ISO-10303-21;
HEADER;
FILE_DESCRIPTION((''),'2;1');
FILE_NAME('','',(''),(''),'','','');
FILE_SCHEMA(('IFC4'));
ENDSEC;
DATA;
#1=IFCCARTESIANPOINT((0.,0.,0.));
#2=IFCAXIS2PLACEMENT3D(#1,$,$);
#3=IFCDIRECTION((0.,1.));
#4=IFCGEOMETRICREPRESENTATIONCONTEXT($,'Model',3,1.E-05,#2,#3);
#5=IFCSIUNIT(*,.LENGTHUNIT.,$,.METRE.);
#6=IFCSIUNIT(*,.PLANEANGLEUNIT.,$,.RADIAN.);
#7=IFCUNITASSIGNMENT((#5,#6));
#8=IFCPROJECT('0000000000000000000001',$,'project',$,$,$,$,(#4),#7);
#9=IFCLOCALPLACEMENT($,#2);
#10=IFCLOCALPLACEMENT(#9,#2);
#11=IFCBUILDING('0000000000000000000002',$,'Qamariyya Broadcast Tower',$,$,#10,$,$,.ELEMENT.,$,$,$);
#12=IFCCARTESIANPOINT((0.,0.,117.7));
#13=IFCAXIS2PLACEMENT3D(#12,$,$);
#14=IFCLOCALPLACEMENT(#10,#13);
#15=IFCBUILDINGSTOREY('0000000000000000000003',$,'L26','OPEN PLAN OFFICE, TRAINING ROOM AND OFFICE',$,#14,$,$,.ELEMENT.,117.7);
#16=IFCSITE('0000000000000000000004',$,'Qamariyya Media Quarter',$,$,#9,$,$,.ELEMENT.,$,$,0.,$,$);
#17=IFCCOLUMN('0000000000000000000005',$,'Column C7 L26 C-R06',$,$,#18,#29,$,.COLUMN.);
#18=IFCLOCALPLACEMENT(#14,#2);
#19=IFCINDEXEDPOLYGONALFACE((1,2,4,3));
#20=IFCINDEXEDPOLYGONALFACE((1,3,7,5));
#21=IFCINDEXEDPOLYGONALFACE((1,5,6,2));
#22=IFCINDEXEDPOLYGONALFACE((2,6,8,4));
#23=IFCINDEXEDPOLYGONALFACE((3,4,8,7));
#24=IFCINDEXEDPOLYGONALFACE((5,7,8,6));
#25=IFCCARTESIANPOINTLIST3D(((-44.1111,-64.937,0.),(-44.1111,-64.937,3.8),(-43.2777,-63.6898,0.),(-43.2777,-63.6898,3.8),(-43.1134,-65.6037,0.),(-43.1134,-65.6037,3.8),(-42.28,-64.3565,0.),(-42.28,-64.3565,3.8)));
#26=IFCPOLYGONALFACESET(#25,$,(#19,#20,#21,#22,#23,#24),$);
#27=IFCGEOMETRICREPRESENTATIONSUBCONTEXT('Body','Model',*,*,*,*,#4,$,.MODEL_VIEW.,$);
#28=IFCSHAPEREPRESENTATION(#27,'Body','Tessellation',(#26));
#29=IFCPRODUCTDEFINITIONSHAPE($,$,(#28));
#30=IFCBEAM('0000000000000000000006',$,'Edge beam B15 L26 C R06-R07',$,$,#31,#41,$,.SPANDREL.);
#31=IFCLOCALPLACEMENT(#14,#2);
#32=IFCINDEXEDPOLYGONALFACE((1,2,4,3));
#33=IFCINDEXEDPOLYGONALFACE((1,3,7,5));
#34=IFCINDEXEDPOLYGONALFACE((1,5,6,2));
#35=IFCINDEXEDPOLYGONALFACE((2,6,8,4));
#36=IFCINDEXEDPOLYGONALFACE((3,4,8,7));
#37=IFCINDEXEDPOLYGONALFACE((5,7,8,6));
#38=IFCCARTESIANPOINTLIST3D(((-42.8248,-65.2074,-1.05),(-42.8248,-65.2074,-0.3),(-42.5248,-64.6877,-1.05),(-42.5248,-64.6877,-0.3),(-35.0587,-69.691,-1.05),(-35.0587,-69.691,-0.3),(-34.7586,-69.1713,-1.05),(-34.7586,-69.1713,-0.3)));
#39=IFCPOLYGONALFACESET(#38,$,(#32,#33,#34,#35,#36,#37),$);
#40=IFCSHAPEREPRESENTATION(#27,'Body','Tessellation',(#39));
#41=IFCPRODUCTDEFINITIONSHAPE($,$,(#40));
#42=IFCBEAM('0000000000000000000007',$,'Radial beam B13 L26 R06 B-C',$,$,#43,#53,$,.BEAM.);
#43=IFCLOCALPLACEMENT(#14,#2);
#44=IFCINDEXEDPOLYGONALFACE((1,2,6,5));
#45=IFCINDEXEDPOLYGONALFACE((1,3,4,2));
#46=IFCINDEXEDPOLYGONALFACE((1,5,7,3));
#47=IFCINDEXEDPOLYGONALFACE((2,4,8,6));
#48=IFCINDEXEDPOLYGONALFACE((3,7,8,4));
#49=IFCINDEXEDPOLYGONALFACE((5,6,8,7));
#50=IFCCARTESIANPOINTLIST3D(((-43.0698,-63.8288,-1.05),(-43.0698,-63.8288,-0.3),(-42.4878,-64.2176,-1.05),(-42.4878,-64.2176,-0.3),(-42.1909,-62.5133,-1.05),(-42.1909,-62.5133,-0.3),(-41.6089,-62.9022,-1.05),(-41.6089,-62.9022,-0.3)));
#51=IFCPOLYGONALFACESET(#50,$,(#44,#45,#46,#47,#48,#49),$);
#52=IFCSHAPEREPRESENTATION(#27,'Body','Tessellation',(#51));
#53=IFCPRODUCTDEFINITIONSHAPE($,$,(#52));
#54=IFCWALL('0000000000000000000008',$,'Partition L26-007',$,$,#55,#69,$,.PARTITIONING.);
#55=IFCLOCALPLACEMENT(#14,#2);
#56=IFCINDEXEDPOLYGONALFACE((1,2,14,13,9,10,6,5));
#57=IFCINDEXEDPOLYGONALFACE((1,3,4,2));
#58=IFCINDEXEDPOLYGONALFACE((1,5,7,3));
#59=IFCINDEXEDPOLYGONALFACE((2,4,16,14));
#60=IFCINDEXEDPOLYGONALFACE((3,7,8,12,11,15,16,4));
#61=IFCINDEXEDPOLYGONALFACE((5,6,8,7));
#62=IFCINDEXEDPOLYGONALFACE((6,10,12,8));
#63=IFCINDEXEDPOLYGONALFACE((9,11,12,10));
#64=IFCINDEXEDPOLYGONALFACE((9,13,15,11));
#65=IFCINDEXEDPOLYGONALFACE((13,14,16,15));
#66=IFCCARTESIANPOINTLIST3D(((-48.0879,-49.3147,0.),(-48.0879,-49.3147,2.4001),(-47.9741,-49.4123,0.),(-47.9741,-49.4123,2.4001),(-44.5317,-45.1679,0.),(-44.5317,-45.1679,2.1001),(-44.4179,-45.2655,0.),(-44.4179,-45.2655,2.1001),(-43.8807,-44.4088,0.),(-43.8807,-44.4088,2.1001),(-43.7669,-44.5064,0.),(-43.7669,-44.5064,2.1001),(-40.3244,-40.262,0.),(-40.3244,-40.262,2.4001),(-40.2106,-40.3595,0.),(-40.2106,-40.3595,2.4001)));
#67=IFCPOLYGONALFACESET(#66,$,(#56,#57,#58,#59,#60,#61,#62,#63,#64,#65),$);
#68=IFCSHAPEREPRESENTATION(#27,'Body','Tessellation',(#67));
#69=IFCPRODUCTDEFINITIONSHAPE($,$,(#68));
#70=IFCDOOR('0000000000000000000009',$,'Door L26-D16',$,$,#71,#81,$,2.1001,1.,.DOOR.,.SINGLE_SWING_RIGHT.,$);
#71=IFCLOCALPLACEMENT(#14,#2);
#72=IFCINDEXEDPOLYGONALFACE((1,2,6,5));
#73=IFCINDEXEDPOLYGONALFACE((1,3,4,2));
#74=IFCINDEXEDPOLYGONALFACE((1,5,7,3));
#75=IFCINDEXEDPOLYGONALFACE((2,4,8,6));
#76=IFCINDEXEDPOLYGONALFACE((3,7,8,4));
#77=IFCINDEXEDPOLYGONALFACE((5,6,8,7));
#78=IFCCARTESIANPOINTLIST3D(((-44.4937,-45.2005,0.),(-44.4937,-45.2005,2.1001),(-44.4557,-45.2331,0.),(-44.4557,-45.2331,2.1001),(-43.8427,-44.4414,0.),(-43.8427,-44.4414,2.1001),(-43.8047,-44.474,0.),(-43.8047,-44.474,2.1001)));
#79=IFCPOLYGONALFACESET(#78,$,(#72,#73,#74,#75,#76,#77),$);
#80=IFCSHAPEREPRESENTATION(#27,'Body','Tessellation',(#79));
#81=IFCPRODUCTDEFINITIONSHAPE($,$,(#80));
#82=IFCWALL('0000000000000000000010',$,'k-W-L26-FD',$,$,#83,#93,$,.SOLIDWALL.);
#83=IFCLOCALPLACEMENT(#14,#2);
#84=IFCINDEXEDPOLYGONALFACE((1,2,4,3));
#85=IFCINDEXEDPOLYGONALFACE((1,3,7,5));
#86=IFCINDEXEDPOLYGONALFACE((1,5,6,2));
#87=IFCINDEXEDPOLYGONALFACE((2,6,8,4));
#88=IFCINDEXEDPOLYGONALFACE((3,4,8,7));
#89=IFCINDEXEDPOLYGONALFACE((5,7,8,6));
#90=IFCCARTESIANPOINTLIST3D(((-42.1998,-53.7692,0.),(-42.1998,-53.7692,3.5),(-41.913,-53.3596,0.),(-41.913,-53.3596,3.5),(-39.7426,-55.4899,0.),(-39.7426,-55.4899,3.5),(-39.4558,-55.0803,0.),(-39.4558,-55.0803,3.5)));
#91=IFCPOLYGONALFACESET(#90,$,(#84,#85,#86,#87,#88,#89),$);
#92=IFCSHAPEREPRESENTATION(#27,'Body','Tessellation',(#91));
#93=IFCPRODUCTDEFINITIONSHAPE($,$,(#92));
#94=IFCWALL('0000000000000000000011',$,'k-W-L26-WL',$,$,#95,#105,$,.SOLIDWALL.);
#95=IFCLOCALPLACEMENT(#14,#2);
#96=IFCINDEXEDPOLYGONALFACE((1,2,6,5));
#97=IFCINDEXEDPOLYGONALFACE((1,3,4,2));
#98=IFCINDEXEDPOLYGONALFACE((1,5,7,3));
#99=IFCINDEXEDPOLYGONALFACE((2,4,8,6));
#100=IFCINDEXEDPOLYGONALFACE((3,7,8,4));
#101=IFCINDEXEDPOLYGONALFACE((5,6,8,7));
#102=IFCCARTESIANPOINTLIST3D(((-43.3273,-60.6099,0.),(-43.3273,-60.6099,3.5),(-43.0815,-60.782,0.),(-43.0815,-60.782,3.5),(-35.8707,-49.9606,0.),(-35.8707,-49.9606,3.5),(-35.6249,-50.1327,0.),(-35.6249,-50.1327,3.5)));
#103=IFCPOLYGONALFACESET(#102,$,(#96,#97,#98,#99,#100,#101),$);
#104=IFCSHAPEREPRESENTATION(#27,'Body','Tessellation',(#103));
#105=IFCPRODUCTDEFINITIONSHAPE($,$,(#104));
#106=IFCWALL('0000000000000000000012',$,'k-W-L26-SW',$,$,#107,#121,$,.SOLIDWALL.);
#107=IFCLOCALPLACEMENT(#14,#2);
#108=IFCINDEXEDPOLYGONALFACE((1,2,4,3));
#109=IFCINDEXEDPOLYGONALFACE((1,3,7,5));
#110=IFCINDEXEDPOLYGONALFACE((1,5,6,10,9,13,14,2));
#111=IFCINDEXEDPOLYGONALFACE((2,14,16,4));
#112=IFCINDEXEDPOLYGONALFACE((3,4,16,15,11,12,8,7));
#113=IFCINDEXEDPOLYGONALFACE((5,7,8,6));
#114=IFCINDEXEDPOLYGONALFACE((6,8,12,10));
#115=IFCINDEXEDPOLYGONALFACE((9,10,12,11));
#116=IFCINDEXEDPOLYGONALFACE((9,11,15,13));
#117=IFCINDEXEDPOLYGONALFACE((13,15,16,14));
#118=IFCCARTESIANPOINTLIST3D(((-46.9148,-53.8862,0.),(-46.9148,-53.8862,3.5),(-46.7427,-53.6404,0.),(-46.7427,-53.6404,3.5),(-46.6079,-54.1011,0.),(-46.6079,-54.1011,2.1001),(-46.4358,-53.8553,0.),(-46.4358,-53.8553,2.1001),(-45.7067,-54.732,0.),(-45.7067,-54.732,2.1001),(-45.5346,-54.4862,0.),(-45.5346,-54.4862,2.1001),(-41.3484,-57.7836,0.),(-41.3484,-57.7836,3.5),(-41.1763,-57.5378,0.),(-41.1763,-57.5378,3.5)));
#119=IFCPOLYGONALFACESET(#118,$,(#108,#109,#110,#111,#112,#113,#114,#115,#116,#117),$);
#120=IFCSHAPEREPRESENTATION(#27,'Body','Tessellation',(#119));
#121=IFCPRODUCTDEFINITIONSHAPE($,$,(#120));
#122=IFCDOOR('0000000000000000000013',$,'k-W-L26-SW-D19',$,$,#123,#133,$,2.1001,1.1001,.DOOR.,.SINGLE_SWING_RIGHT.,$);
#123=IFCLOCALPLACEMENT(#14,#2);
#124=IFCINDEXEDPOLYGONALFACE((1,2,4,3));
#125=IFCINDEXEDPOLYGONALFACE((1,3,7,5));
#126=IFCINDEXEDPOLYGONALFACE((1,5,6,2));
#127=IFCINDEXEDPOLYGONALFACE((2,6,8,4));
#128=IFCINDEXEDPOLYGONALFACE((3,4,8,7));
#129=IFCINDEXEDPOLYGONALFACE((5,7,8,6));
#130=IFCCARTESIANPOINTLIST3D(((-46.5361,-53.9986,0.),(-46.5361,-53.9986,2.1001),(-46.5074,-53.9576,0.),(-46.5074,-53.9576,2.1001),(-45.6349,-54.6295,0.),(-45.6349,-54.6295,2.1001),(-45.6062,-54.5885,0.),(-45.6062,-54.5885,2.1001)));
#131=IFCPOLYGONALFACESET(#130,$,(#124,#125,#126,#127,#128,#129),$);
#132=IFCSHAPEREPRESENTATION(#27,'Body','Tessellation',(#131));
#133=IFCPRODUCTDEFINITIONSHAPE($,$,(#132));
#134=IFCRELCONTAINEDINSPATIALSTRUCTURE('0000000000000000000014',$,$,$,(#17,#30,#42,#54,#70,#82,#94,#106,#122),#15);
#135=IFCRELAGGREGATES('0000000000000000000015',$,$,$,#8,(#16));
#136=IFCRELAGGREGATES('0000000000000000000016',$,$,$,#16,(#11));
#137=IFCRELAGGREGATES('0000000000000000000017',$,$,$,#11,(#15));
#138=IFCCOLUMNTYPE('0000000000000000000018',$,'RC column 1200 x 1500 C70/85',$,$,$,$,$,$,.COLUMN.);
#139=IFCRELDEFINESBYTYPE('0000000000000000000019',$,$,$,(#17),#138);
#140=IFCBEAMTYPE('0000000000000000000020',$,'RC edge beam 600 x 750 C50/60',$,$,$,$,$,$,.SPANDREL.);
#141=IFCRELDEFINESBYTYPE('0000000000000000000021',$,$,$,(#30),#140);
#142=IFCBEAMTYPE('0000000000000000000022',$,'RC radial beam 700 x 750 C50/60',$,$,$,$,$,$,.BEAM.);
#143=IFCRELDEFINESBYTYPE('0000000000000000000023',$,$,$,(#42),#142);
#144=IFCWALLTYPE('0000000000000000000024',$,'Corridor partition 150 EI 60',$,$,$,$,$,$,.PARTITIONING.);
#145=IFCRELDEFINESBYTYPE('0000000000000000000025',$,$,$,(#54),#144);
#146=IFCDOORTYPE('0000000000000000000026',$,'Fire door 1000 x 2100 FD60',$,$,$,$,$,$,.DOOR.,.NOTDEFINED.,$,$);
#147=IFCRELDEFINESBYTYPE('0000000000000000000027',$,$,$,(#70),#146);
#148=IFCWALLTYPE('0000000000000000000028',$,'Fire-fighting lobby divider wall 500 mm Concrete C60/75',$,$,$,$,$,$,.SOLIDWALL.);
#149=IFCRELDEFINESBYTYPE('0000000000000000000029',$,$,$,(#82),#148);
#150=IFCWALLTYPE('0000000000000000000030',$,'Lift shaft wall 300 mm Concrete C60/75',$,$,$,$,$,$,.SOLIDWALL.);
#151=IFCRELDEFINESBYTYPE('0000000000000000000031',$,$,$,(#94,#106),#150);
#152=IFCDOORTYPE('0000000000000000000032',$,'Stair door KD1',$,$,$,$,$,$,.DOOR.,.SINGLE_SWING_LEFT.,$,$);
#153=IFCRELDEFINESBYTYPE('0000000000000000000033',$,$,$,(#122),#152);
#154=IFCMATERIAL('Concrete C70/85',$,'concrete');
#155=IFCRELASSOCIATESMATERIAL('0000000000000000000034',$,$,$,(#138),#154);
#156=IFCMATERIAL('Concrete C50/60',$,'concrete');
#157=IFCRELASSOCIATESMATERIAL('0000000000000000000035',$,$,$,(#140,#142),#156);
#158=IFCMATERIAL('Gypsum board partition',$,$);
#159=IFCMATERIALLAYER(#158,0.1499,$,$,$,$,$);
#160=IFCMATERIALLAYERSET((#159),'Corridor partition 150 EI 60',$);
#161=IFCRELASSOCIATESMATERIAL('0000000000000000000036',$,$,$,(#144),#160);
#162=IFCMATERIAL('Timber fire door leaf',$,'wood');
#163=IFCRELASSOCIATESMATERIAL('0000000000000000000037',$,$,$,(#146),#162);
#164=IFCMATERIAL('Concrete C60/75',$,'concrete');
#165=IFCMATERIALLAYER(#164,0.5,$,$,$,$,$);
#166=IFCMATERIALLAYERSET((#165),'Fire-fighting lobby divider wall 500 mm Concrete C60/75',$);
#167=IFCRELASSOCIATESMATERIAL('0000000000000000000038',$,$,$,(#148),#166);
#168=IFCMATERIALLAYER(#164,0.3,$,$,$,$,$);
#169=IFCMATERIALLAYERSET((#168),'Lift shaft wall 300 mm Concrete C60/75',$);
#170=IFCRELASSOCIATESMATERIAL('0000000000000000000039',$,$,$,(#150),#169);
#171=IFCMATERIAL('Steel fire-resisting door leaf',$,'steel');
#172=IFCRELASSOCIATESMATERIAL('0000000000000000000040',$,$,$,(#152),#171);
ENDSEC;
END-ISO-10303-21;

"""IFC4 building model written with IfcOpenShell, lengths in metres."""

from ifc_helpers import new_model, si_unit, direction, frame, frame_2d, origin, origin_2d, place, context, subcontext, project, spatial, rectangle, extrude, material, layer, layer_set, material_profile, profile_set, type_object, element, fill, save


model = new_model("IFC4")

# Units and contexts
model_context = context("Model", 3, precision=1e-05, world=origin(), true_north=direction((0.0, 1.0)))
body_context = subcontext(model_context, "Body", "Model", "MODEL_VIEW")
ifc_project = project(units=[si_unit("LENGTHUNIT", "METRE"), si_unit("PLANEANGLEUNIT", "RADIAN")], contexts=[model_context])

# Site, building, storey
site_placement = place(None, origin())
site = spatial("IfcSite", under=ifc_project, at=site_placement, Name="Qamariyya Media Quarter", CompositionType="ELEMENT", RefElevation=0.0)
building_placement = place(site_placement, origin())
building = spatial("IfcBuilding", under=site, at=building_placement, Name="Qamariyya Broadcast Tower", CompositionType="ELEMENT")
storey_placement = place(building_placement, frame((0.0, 0.0, 117.7)))
storey = spatial("IfcBuildingStorey", under=building, at=storey_placement, Name="L26", Description="OPEN PLAN OFFICE, TRAINING ROOM AND OFFICE", CompositionType="ELEMENT", Elevation=117.7)

# Column
ifc_material_1 = material(Name="Concrete C70/85", Category="concrete")
ifc_material_profile_1 = material_profile(ifc_material_1, rectangle(XDim=1.2, YDim=1.5, at=origin_2d()))
ifc_profile_set_1 = profile_set([ifc_material_profile_1], Name="Concrete C70/85")
column_type = type_object("IfcColumnType", Name="RC column 1200 x 1500 C70/85", PredefinedType="COLUMN", material=ifc_profile_set_1)
column_placement = place(storey_placement, frame((-43.1956, -64.6467, 0.0), z_axis=(0.0, 0.0, 1.0), x_axis=(0.83147, -0.55557, 0.0)))
element("IfcColumn", 1, at=column_placement, inside=storey, type_object=column_type, Name="Column C7 L26 C-R06", PredefinedType="COLUMN", context=body_context, shape_type="SweptSolid", body=[
    extrude(rectangle(XDim=1.2, YDim=1.5, at=origin_2d()), origin(), (0.0, 0.0, 1.0), 3.8),
])

# Beams
ifc_material_2 = material(Name="Concrete C50/60", Category="concrete")
ifc_material_profile_2 = material_profile(ifc_material_2, rectangle(XDim=0.6001, YDim=0.75, at=origin_2d()))
ifc_profile_set_2 = profile_set([ifc_material_profile_2], Name="Concrete C50/60")
beam_type_1 = type_object("IfcBeamType", Name="RC edge beam 600 x 750 C50/60", PredefinedType="SPANDREL", material=ifc_profile_set_2)
beam_1_placement = place(storey_placement, frame((-42.6748, -64.9475, -0.675), z_axis=(0.866031, -0.49999, 0.0), x_axis=(0.49999, 0.866031, 0.0)))
element("IfcBeam", 2, at=beam_1_placement, inside=storey, type_object=beam_type_1, Name="Edge beam B15 L26 C R06-R07", PredefinedType="SPANDREL", context=body_context, shape_type="SweptSolid", body=[
    extrude(rectangle(XDim=0.6001, YDim=0.75, at=origin_2d()), origin(), (0.0, 0.0, 1.0), 8.9675),
])
ifc_material_profile_3 = material_profile(ifc_material_2, rectangle(XDim=0.7, YDim=0.75, at=origin_2d()))
ifc_profile_set_3 = profile_set([ifc_material_profile_3], Name="Concrete C50/60")
beam_type_2 = type_object("IfcBeamType", Name="RC radial beam 700 x 750 C50/60", PredefinedType="BEAM", material=ifc_profile_set_3)
beam_2_placement = place(storey_placement, frame((-41.8999, -62.7078, -0.675), z_axis=(-0.555555, -0.83148, 0.0), x_axis=(0.83148, -0.555555, 0.0)))
element("IfcBeam", 3, at=beam_2_placement, inside=storey, type_object=beam_type_2, Name="Radial beam B13 L26 R06 B-C", PredefinedType="BEAM", context=body_context, shape_type="SweptSolid", body=[
    extrude(rectangle(XDim=0.7, YDim=0.75, at=origin_2d()), origin(), (0.0, 0.0, 1.0), 1.582),
])

# Wall, opening, door
ifc_material_3 = material(Name="Gypsum board partition")
ifc_layer_1 = layer(ifc_material_3, 0.1499)
ifc_layer_set_1 = layer_set([ifc_layer_1], Name="Corridor partition 150 EI 60")
wall_type_1 = type_object("IfcWallType", Name="Corridor partition 150 EI 60", PredefinedType="PARTITIONING", material=ifc_layer_set_1)
wall_1_placement = place(storey_placement, frame((-48.031, -49.3635, 0.0), z_axis=(0.0, 0.0, 1.0), x_axis=(0.650982, 0.759093, 0.0)))
wall_1 = element("IfcWall", 4, at=wall_1_placement, inside=storey, type_object=wall_type_1, Name="Partition L26-007", PredefinedType="PARTITIONING", context=body_context, shape_type="SweptSolid", body=[
    extrude(rectangle(XDim=11.9258, YDim=0.1499, at=frame_2d((5.9629, 0.0))), origin(), (0.0, 0.0, 1.0), 2.4001),
])
opening_1_placement = place(wall_1_placement, frame((5.4629, 0.0, 0.0)))
opening_1 = element("IfcOpeningElement", 5, at=opening_1_placement, cuts=wall_1, PredefinedType="OPENING", context=body_context, shape_type="SweptSolid", body=[
    extrude(rectangle(XDim=1.0, YDim=2.1001, at=frame_2d((0.5, 1.05))), frame((0.0, 0.085, 0.0), z_axis=(0.0, -1.0, 0.0), x_axis=(1.0, 0.0, 0.0)), (0.0, 0.0, 1.0), 0.1699),
])
ifc_material_4 = material(Name="Timber fire door leaf", Category="wood")
door_type_1 = type_object("IfcDoorType", Name="Fire door 1000 x 2100 FD60", OperationType="NOTDEFINED", PredefinedType="DOOR", material=ifc_material_4)
door_1_placement = place(opening_1_placement, origin())
door_1 = element("IfcDoor", 6, at=door_1_placement, inside=storey, type_object=door_type_1, Name="Door L26-D16", OperationType="SINGLE_SWING_RIGHT", OverallHeight=2.1001, OverallWidth=1.0, PredefinedType="DOOR", context=body_context, shape_type="SweptSolid", body=[
    extrude(rectangle(XDim=1.0, YDim=2.1001, at=frame_2d((0.5, 1.05))), frame((0.0, 0.0249, 0.0), z_axis=(0.0, -1.0, 0.0), x_axis=(1.0, 0.0, 0.0)), (0.0, 0.0, 1.0), 0.05),
])
fill(opening_1, door_1)

# Walls
ifc_material_5 = material(Name="Concrete C60/75", Category="concrete")
ifc_layer_2 = layer(ifc_material_5, 0.5)
ifc_layer_set_2 = layer_set([ifc_layer_2], Name="Fire-fighting lobby divider wall 500 mm Concrete C60/75")
wall_type_2 = type_object("IfcWallType", Name="Fire-fighting lobby divider wall 500 mm Concrete C60/75", PredefinedType="SOLIDWALL", material=ifc_layer_set_2)
wall_2_placement = place(storey_placement, frame((-39.5991, -55.2852, 0.0), z_axis=(0.0, 0.0, 1.0), x_axis=(-0.819136, 0.573599, 0.0)))
element("IfcWall", 7, at=wall_2_placement, inside=storey, type_object=wall_type_2, Name="k-W-L26-FD", PredefinedType="SOLIDWALL", context=body_context, shape_type="SweptSolid", body=[
    extrude(rectangle(XDim=2.9998, YDim=0.5, at=frame_2d((1.5, 0.0))), origin(), (0.0, 0.0, 1.0), 3.5),
])
ifc_layer_3 = layer(ifc_material_5, 0.3)
ifc_layer_set_3 = layer_set([ifc_layer_3], Name="Lift shaft wall 300 mm Concrete C60/75")
wall_type_3 = type_object("IfcWallType", Name="Lift shaft wall 300 mm Concrete C60/75", PredefinedType="SOLIDWALL", material=ifc_layer_set_3)
wall_3_placement = place(storey_placement, frame((-43.2043, -60.6958, 0.0), z_axis=(0.0, 0.0, 1.0), x_axis=(0.573572, 0.819155, 0.0)))
element("IfcWall", 8, at=wall_3_placement, inside=storey, type_object=wall_type_3, Name="k-W-L26-WL", PredefinedType="SOLIDWALL", context=body_context, shape_type="SweptSolid", body=[
    extrude(rectangle(XDim=13.0002, YDim=0.3, at=frame_2d((6.5, 0.0))), origin(), (0.0, 0.0, 1.0), 3.5),
])

# Wall, opening, door
wall_4_placement = place(storey_placement, frame((-41.2625, -57.6606, 0.0), z_axis=(0.0, 0.0, 1.0), x_axis=(-0.819164, 0.573559, 0.0)))
wall_4 = element("IfcWall", 9, at=wall_4_placement, inside=storey, type_object=wall_type_3, Name="k-W-L26-SW", PredefinedType="SOLIDWALL", context=body_context, shape_type="SweptSolid", body=[
    extrude(rectangle(XDim=6.7952, YDim=0.3, at=frame_2d((3.3975, 0.0))), origin(), (0.0, 0.0, 1.0), 3.5),
])
opening_2_placement = place(wall_4_placement, frame((5.3203, 0.0, 0.0)))
opening_2 = element("IfcOpeningElement", 10, at=opening_2_placement, cuts=wall_4, PredefinedType="OPENING", context=body_context, shape_type="SweptSolid", body=[
    extrude(rectangle(XDim=1.1001, YDim=2.1001, at=frame_2d((0.55, 1.05))), frame((0.0, 0.1599, 0.0), z_axis=(0.0, -1.0, 0.0), x_axis=(1.0, 0.0, 0.0)), (0.0, 0.0, 1.0), 0.3201),
])
ifc_material_6 = material(Name="Steel fire-resisting door leaf", Category="steel")
door_type_2 = type_object("IfcDoorType", Name="Stair door KD1", OperationType="SINGLE_SWING_LEFT", PredefinedType="DOOR", material=ifc_material_6)
door_2_placement = place(opening_2_placement, origin())
door_2 = element("IfcDoor", 11, at=door_2_placement, inside=storey, type_object=door_type_2, Name="k-W-L26-SW-D19", OperationType="SINGLE_SWING_RIGHT", OverallHeight=2.1001, OverallWidth=1.1001, PredefinedType="DOOR", context=body_context, shape_type="SweptSolid", body=[
    extrude(rectangle(XDim=1.1001, YDim=2.1001, at=frame_2d((0.55, 1.05))), frame((0.0, 0.0249, 0.0), z_axis=(0.0, -1.0, 0.0), x_axis=(1.0, 0.0, 0.0)), (0.0, 0.0, 1.0), 0.05),
])
fill(opening_2, door_2)

save(model, "model.ifc")
